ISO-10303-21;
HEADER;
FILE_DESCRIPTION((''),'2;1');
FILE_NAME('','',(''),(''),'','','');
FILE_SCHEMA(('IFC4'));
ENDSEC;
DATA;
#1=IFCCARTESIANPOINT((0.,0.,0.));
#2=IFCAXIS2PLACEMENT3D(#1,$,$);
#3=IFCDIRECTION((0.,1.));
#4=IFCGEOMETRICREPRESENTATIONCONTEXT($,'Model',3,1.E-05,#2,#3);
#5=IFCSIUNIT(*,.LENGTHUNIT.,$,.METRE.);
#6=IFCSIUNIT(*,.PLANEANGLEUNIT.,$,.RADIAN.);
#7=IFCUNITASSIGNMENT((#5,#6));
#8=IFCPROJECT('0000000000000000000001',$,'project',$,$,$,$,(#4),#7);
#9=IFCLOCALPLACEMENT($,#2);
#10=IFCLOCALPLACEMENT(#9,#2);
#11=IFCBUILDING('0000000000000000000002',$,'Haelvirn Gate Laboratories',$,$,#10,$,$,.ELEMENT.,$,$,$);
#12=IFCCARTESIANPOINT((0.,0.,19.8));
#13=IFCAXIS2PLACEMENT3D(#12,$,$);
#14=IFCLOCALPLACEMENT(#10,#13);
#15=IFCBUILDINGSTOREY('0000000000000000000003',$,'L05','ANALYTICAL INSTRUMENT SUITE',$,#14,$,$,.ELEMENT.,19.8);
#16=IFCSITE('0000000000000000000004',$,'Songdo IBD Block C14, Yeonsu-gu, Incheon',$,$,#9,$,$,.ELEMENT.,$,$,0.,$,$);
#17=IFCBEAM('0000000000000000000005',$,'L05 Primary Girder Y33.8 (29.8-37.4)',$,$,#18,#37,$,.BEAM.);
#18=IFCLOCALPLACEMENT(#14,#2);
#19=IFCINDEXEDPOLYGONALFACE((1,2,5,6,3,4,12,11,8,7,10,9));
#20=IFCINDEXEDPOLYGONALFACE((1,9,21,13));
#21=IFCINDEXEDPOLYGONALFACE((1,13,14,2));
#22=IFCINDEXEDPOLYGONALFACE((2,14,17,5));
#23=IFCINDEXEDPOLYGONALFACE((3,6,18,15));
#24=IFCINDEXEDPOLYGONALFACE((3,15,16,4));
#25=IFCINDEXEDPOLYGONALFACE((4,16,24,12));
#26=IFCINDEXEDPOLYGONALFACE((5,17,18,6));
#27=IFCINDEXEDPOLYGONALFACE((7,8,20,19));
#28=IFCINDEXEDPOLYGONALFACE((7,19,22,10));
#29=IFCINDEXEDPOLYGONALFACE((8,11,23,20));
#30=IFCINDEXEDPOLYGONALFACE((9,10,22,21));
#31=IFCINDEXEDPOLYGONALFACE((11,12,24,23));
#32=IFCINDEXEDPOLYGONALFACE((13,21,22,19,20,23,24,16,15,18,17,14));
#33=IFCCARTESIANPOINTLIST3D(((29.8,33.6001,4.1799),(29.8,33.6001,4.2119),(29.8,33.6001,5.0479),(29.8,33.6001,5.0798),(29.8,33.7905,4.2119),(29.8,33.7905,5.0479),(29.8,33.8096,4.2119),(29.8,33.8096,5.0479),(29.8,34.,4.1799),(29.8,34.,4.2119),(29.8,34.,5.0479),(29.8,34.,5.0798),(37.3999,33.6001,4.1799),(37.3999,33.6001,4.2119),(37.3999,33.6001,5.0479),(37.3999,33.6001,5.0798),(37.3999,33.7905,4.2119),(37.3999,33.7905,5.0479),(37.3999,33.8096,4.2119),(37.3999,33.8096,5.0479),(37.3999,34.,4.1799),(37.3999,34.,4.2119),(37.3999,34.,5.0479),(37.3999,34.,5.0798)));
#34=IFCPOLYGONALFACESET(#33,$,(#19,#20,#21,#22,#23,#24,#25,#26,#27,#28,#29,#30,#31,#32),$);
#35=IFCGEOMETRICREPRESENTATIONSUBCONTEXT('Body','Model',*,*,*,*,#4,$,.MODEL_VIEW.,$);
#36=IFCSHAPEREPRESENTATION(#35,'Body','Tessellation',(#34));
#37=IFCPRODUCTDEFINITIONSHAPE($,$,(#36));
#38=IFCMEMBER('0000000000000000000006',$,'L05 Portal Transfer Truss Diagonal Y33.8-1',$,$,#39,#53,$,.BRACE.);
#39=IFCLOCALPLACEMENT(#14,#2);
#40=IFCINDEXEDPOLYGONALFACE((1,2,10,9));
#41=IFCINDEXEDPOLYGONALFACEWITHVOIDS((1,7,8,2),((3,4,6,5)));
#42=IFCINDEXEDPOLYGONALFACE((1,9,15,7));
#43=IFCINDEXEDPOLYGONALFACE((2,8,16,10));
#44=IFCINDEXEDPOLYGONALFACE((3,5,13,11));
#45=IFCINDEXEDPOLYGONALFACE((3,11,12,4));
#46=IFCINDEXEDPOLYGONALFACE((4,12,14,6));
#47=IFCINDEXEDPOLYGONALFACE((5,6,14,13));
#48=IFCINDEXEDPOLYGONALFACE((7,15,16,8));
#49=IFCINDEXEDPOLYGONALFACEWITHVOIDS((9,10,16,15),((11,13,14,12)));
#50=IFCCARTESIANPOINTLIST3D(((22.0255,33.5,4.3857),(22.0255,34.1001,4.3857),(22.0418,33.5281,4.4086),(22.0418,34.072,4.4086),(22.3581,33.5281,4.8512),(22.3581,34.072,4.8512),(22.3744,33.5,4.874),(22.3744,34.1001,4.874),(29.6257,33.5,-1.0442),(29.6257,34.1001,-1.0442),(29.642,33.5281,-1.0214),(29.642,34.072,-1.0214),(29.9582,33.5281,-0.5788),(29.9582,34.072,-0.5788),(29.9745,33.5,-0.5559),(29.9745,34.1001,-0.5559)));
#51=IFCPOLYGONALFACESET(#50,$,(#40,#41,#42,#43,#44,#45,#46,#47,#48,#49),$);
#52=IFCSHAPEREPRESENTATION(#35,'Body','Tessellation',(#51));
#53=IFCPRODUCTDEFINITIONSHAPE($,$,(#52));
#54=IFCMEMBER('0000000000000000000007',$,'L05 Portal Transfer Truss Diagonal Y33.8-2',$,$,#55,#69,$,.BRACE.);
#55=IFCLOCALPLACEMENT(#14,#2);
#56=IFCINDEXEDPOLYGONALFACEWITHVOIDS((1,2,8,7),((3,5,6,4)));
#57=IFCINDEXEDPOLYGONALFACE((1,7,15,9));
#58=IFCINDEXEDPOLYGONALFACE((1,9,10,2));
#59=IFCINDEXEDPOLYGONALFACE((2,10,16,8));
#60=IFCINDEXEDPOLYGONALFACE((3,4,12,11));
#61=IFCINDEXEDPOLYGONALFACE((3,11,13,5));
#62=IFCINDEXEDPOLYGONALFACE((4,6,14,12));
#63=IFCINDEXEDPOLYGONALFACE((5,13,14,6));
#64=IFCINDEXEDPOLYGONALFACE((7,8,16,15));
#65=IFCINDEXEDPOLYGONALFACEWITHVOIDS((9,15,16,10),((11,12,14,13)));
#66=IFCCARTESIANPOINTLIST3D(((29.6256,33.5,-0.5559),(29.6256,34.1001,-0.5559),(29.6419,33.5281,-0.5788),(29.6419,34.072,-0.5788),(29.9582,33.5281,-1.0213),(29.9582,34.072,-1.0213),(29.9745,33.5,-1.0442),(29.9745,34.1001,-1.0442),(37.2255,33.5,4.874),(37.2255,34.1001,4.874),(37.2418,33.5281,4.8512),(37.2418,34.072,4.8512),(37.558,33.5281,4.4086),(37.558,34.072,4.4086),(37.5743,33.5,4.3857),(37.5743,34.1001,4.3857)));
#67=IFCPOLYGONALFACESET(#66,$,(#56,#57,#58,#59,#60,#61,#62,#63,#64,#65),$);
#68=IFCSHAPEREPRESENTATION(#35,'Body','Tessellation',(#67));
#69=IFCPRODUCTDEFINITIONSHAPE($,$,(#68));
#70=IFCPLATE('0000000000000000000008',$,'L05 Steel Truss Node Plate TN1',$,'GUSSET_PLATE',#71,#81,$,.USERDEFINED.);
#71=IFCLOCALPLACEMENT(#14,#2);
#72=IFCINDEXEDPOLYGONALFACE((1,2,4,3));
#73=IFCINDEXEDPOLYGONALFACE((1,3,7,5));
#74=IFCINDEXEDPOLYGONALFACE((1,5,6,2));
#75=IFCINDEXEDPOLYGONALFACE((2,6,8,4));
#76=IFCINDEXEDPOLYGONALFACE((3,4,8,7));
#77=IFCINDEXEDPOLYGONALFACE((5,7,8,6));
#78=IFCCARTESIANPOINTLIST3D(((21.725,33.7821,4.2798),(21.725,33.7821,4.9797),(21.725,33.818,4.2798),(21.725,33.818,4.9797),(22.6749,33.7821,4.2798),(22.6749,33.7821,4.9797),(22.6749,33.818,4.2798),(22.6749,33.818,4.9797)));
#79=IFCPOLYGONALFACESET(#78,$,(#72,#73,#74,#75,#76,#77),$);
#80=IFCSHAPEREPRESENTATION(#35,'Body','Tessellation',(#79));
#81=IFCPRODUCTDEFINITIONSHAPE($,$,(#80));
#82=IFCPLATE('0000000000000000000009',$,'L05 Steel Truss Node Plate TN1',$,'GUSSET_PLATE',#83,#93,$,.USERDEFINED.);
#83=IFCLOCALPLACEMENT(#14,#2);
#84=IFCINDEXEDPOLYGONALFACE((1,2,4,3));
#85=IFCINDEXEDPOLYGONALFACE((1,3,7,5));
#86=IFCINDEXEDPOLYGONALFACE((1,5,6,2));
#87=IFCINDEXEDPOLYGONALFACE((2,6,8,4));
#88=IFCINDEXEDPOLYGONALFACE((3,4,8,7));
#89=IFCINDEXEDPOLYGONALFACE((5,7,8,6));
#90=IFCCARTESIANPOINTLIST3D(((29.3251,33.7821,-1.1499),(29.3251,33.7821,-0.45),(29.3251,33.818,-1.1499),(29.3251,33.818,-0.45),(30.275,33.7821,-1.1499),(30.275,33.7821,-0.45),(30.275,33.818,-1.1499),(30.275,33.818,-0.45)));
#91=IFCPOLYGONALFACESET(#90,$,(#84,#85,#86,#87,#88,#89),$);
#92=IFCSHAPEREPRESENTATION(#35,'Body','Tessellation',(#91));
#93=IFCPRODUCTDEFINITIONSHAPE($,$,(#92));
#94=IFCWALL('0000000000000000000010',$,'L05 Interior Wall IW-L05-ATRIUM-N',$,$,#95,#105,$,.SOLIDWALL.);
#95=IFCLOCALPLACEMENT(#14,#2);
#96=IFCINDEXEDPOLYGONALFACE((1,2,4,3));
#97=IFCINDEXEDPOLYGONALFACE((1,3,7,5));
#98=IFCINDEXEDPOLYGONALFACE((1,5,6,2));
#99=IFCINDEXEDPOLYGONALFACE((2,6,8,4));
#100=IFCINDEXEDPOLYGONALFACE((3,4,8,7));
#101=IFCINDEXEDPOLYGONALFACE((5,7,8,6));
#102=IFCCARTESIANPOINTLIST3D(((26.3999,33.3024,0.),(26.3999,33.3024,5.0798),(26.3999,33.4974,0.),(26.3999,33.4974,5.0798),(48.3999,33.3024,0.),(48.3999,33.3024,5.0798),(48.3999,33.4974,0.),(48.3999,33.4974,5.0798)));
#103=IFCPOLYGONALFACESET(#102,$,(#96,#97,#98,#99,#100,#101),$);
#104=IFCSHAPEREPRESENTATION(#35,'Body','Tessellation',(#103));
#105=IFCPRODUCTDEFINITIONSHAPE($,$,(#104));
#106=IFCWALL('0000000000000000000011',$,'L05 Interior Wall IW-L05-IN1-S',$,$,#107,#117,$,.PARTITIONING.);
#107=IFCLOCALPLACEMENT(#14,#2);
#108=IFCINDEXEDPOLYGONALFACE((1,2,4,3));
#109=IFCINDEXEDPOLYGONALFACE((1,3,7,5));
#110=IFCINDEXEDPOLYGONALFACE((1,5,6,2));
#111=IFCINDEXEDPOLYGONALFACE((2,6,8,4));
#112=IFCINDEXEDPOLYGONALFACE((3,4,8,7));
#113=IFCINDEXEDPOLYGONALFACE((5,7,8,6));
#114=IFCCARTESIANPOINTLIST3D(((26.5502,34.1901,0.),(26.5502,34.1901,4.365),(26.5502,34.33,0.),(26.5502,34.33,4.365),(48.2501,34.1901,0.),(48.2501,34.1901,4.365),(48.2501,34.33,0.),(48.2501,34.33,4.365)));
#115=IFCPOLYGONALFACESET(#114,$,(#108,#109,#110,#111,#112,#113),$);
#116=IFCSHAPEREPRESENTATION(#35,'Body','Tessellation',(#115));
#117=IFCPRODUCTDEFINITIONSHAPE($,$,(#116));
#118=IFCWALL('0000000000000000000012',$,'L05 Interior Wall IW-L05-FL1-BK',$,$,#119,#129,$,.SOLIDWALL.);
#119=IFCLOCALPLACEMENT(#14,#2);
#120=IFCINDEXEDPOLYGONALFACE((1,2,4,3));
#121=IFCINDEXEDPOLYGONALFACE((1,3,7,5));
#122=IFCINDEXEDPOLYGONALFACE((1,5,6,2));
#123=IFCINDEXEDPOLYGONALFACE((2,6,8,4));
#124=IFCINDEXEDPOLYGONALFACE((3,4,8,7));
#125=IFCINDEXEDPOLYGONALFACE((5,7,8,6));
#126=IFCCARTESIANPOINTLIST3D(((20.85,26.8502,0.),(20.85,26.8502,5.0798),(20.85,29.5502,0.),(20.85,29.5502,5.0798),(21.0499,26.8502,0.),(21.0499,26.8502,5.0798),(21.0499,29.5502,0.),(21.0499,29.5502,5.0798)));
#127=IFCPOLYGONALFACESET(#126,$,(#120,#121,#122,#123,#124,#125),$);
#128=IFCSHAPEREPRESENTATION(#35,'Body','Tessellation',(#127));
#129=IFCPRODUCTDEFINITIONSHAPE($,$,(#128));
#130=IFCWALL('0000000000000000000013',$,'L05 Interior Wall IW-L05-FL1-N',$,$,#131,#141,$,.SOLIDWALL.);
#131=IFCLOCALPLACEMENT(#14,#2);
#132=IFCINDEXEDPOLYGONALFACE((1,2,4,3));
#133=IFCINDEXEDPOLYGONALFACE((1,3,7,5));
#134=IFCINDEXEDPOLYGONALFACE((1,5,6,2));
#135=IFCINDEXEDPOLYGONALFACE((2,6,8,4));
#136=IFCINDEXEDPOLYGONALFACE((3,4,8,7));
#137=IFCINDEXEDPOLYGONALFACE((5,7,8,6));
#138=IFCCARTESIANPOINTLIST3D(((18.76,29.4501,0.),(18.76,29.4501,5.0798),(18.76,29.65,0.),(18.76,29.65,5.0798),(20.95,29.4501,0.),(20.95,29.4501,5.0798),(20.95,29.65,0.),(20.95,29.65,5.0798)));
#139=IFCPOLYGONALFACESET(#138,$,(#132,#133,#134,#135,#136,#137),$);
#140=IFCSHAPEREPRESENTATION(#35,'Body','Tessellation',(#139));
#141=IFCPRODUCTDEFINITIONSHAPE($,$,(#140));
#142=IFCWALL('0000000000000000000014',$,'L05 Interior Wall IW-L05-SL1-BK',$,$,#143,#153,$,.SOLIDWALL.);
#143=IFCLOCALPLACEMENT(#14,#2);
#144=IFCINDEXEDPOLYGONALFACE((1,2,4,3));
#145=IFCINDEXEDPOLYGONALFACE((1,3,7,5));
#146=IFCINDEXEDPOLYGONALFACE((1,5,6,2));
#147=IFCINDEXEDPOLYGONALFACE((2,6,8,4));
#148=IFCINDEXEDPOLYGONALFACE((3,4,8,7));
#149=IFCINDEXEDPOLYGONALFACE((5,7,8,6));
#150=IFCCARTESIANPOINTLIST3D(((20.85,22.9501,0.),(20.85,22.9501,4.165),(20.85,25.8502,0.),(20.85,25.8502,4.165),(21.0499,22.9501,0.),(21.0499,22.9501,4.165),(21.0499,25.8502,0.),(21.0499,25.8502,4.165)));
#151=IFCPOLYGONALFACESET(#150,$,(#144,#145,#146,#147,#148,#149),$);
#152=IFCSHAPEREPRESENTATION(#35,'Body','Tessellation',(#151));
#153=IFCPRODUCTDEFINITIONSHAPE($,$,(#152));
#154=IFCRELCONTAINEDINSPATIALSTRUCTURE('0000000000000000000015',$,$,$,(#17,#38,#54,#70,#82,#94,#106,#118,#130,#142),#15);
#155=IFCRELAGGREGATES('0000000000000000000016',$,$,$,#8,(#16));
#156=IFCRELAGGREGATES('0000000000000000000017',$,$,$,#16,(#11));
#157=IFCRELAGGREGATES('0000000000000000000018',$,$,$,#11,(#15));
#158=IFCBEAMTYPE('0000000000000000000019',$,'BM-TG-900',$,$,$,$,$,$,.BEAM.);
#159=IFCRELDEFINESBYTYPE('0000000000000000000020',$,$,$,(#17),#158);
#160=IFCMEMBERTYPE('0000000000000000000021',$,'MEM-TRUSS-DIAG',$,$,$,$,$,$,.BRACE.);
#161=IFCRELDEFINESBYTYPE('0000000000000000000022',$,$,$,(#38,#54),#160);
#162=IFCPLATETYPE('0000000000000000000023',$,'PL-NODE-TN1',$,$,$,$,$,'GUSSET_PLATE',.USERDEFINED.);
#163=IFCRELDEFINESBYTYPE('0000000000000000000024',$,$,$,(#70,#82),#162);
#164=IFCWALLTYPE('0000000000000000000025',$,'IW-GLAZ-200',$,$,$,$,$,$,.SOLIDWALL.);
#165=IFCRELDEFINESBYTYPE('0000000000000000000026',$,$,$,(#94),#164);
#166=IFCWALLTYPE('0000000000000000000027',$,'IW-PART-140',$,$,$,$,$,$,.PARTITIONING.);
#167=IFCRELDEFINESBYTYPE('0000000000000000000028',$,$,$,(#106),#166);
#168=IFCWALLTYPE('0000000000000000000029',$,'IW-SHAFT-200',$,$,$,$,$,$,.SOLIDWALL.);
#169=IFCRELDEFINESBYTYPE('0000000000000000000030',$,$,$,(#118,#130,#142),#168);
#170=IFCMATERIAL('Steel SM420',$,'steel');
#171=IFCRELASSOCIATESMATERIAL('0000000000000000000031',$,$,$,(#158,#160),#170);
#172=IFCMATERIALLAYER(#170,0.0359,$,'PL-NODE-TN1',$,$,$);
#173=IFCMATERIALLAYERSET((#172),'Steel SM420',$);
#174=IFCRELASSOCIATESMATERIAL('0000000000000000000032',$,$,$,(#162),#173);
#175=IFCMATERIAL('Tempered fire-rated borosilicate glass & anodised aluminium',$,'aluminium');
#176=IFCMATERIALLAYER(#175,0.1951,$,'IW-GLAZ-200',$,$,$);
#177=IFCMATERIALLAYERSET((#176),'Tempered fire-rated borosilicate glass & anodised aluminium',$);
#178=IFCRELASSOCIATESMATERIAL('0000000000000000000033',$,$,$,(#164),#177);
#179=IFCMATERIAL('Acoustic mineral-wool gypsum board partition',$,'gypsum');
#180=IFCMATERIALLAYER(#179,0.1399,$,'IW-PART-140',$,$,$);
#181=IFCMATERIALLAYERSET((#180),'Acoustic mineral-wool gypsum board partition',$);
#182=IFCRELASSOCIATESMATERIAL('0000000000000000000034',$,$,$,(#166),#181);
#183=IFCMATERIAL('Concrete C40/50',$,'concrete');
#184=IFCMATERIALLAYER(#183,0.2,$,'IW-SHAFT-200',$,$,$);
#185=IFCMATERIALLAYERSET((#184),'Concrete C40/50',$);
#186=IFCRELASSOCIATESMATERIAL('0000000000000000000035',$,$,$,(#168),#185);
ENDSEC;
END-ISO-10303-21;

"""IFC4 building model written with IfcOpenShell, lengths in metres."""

from ifc_helpers import new_model, si_unit, direction, frame, frame_2d, origin, origin_2d, place, context, subcontext, project, spatial, rectangle, hollow_rectangle, i_section, extrude, source, transform, mapped, material, layer, layer_set, material_profile, profile_set, type_object, type_shapes, element, save


model = new_model("IFC4")

# Units and contexts
model_context = context("Model", 3, precision=1e-05, world=origin(), true_north=direction((0.0, 1.0)))
body_context = subcontext(model_context, "Body", "Model", "MODEL_VIEW")
ifc_project = project(units=[si_unit("LENGTHUNIT", "METRE"), si_unit("PLANEANGLEUNIT", "RADIAN")], contexts=[model_context])

# Site, building, storey
site_placement = place(None, origin())
site = spatial("IfcSite", under=ifc_project, at=site_placement, Name="Songdo IBD Block C14, Yeonsu-gu, Incheon", CompositionType="ELEMENT", RefElevation=0.0)
building_placement = place(site_placement, origin())
building = spatial("IfcBuilding", under=site, at=building_placement, Name="Haelvirn Gate Laboratories", CompositionType="ELEMENT")
storey_placement = place(building_placement, frame((0.0, 0.0, 19.8)))
storey = spatial("IfcBuildingStorey", under=building, at=storey_placement, Name="L05", Description="ANALYTICAL INSTRUMENT SUITE", CompositionType="ELEMENT", Elevation=19.8)

# Shared definitions
ifc_material_1 = material(Name="Steel SM420", Category="steel")

# Beam
ifc_material_profile_1 = material_profile(ifc_material_1, i_section(OverallWidth=0.3999, OverallDepth=0.8999, WebThickness=0.019, FlangeThickness=0.032, at=origin_2d()), Name="H-900x400x19x32")
ifc_profile_set_1 = profile_set([ifc_material_profile_1], Name="Steel SM420")
beam_type_1 = type_object("IfcBeamType", Name="BM-TG-900", PredefinedType="BEAM", material=ifc_profile_set_1)
shared_shape_1 = source(origin(), body_context, "Body", "SweptSolid", [
    extrude(i_section(OverallWidth=0.3999, OverallDepth=0.8999, WebThickness=0.019, FlangeThickness=0.032, at=origin_2d()), origin(), (0.0, 0.0, 1.0), 7.5999),
])
beam_1_placement = place(storey_placement, frame((29.8, 33.8, 4.6299), z_axis=(1.0, 0.0, 0.0), x_axis=(0.0, 1.0, 0.0)))
element("IfcBeam", 1, at=beam_1_placement, inside=storey, type_object=beam_type_1, Name="L05 Primary Girder Y33.8 (29.8-37.4)", PredefinedType="BEAM", context=body_context, shape_type="MappedRepresentation", body=[
    mapped(shared_shape_1, transform((0.0, 0.0, 0.0), scale=1.0)),
])

# Members
ifc_material_profile_2 = material_profile(ifc_material_1, hollow_rectangle(XDim=0.6001, YDim=0.6001, WallThickness=0.0281, at=origin_2d()), Name="BOX-600x600x28")
ifc_profile_set_2 = profile_set([ifc_material_profile_2], Name="Steel SM420")
member_type = type_object("IfcMemberType", Name="MEM-TRUSS-DIAG", PredefinedType="BRACE", material=ifc_profile_set_2)
shared_shape_2 = source(origin(), body_context, "Body", "SweptSolid", [
    extrude(hollow_rectangle(XDim=0.6001, YDim=0.6001, WallThickness=0.0281, at=origin_2d()), origin(), (0.0, 0.0, 1.0), 9.3406),
])
member_1_placement = place(storey_placement, frame((22.2, 33.8, 4.6299), z_axis=(0.813668, 0.0, -0.58133), x_axis=(0.0, 1.0, 0.0)))
element("IfcMember", 2, at=member_1_placement, inside=storey, type_object=member_type, Name="L05 Portal Transfer Truss Diagonal Y33.8-1", PredefinedType="BRACE", context=body_context, shape_type="MappedRepresentation", body=[
    mapped(shared_shape_2, transform((0.0, 0.0, 0.0), scale=1.0)),
])
shared_shape_3 = source(origin(), body_context, "Body", "SweptSolid", [
    extrude(hollow_rectangle(XDim=0.6001, YDim=0.6001, WallThickness=0.0281, at=origin_2d()), origin(), (0.0, 0.0, 1.0), 9.3403),
])
type_shapes(member_type, [shared_shape_2, shared_shape_3])
member_2_placement = place(storey_placement, frame((29.8, 33.8, -0.8), z_axis=(0.813659, 0.0, 0.581342), x_axis=(0.0, 1.0, 0.0)))
element("IfcMember", 3, at=member_2_placement, inside=storey, type_object=member_type, Name="L05 Portal Transfer Truss Diagonal Y33.8-2", PredefinedType="BRACE", context=body_context, shape_type="MappedRepresentation", body=[
    mapped(shared_shape_3, transform((0.0, 0.0, 0.0), scale=1.0)),
])

# Plates
ifc_layer_1 = layer(ifc_material_1, 0.0359, Name="PL-NODE-TN1")
ifc_layer_set_1 = layer_set([ifc_layer_1], Name="Steel SM420")
plate_type = type_object("IfcPlateType", Name="PL-NODE-TN1", ElementType="GUSSET_PLATE", PredefinedType="USERDEFINED", material=ifc_layer_set_1)
shared_shape_4 = source(origin(), body_context, "Body", "SweptSolid", [
    extrude(rectangle(XDim=0.95, YDim=0.0359, at=origin_2d()), origin(), (0.0, 0.0, 1.0), 0.7),
])
type_shapes(plate_type, [shared_shape_4])
for number, where, z_axis, x_axis, name in (
    (4, (22.2, 33.8, 4.2798), (0.0, 0.0, 1.0), (1.0, 0.0, 0.0), "L05 Steel Truss Node Plate TN1"),
    (5, (29.8, 33.8, -1.1499), (0.0, 0.0, 1.0), (1.0, 0.0, 0.0), "L05 Steel Truss Node Plate TN1"),
):
    element("IfcPlate", number, at=place(storey_placement, frame(where, z_axis=z_axis, x_axis=x_axis)), inside=storey, type_object=plate_type, Name=name, ObjectType="GUSSET_PLATE", PredefinedType="USERDEFINED", context=body_context, shape_type="MappedRepresentation", body=[
        mapped(shared_shape_4, transform((0.0, 0.0, 0.0), scale=1.0)),
    ])

# Walls
ifc_material_2 = material(Name="Tempered fire-rated borosilicate glass & anodised aluminium", Category="aluminium")
ifc_layer_2 = layer(ifc_material_2, 0.1951, Name="IW-GLAZ-200")
ifc_layer_set_2 = layer_set([ifc_layer_2], Name="Tempered fire-rated borosilicate glass & anodised aluminium")
wall_type_1 = type_object("IfcWallType", Name="IW-GLAZ-200", PredefinedType="SOLIDWALL", material=ifc_layer_set_2)
wall_1_placement = place(storey_placement, frame((26.3999, 33.3999, 0.0), z_axis=(0.0, 0.0, 1.0), x_axis=(1.0, 0.0, 0.0)))
element("IfcWall", 6, at=wall_1_placement, inside=storey, type_object=wall_type_1, Name="L05 Interior Wall IW-L05-ATRIUM-N", PredefinedType="SOLIDWALL", context=body_context, shape_type="SweptSolid", body=[
    extrude(rectangle(XDim=22.0, YDim=0.1951, at=frame_2d((11.0, 0.0))), origin(), (0.0, 0.0, 1.0), 5.0798),
])
ifc_material_3 = material(Name="Acoustic mineral-wool gypsum board partition", Category="gypsum")
ifc_layer_3 = layer(ifc_material_3, 0.1399, Name="IW-PART-140")
ifc_layer_set_3 = layer_set([ifc_layer_3], Name="Acoustic mineral-wool gypsum board partition")
wall_type_2 = type_object("IfcWallType", Name="IW-PART-140", PredefinedType="PARTITIONING", material=ifc_layer_set_3)
wall_2_placement = place(storey_placement, frame((26.55, 34.26, 0.0), z_axis=(0.0, 0.0, 1.0), x_axis=(1.0, 0.0, 0.0)))
element("IfcWall", 7, at=wall_2_placement, inside=storey, type_object=wall_type_2, Name="L05 Interior Wall IW-L05-IN1-S", PredefinedType="PARTITIONING", context=body_context, shape_type="SweptSolid", body=[
    extrude(rectangle(XDim=21.7, YDim=0.1399, at=frame_2d((10.8501, 0.0))), origin(), (0.0, 0.0, 1.0), 4.365),
])
ifc_material_4 = material(Name="Concrete C40/50", Category="concrete")
ifc_layer_4 = layer(ifc_material_4, 0.2, Name="IW-SHAFT-200")
ifc_layer_set_4 = layer_set([ifc_layer_4], Name="Concrete C40/50")
wall_type_3 = type_object("IfcWallType", Name="IW-SHAFT-200", PredefinedType="SOLIDWALL", material=ifc_layer_set_4)
wall_3_placement = place(storey_placement, frame((20.95, 26.8501, 0.0), z_axis=(0.0, 0.0, 1.0), x_axis=(0.0, 1.0, 0.0)))
element("IfcWall", 8, at=wall_3_placement, inside=storey, type_object=wall_type_3, Name="L05 Interior Wall IW-L05-FL1-BK", PredefinedType="SOLIDWALL", context=body_context, shape_type="SweptSolid", body=[
    extrude(rectangle(XDim=2.7, YDim=0.2, at=frame_2d((1.3501, 0.0))), origin(), (0.0, 0.0, 1.0), 5.0798),
])
wall_4_placement = place(storey_placement, frame((18.76, 29.55, 0.0), z_axis=(0.0, 0.0, 1.0), x_axis=(1.0, 0.0, 0.0)))
element("IfcWall", 9, at=wall_4_placement, inside=storey, type_object=wall_type_3, Name="L05 Interior Wall IW-L05-FL1-N", PredefinedType="SOLIDWALL", context=body_context, shape_type="SweptSolid", body=[
    extrude(rectangle(XDim=2.1899, YDim=0.2, at=frame_2d((1.095, 0.0))), origin(), (0.0, 0.0, 1.0), 5.0798),
])
wall_5_placement = place(storey_placement, frame((20.95, 22.95, 0.0), z_axis=(0.0, 0.0, 1.0), x_axis=(0.0, 1.0, 0.0)))
element("IfcWall", 10, at=wall_5_placement, inside=storey, type_object=wall_type_3, Name="L05 Interior Wall IW-L05-SL1-BK", PredefinedType="SOLIDWALL", context=body_context, shape_type="SweptSolid", body=[
    extrude(rectangle(XDim=2.9001, YDim=0.2, at=frame_2d((1.4502, 0.0))), origin(), (0.0, 0.0, 1.0), 4.165),
])

save(model, "model.ifc")
